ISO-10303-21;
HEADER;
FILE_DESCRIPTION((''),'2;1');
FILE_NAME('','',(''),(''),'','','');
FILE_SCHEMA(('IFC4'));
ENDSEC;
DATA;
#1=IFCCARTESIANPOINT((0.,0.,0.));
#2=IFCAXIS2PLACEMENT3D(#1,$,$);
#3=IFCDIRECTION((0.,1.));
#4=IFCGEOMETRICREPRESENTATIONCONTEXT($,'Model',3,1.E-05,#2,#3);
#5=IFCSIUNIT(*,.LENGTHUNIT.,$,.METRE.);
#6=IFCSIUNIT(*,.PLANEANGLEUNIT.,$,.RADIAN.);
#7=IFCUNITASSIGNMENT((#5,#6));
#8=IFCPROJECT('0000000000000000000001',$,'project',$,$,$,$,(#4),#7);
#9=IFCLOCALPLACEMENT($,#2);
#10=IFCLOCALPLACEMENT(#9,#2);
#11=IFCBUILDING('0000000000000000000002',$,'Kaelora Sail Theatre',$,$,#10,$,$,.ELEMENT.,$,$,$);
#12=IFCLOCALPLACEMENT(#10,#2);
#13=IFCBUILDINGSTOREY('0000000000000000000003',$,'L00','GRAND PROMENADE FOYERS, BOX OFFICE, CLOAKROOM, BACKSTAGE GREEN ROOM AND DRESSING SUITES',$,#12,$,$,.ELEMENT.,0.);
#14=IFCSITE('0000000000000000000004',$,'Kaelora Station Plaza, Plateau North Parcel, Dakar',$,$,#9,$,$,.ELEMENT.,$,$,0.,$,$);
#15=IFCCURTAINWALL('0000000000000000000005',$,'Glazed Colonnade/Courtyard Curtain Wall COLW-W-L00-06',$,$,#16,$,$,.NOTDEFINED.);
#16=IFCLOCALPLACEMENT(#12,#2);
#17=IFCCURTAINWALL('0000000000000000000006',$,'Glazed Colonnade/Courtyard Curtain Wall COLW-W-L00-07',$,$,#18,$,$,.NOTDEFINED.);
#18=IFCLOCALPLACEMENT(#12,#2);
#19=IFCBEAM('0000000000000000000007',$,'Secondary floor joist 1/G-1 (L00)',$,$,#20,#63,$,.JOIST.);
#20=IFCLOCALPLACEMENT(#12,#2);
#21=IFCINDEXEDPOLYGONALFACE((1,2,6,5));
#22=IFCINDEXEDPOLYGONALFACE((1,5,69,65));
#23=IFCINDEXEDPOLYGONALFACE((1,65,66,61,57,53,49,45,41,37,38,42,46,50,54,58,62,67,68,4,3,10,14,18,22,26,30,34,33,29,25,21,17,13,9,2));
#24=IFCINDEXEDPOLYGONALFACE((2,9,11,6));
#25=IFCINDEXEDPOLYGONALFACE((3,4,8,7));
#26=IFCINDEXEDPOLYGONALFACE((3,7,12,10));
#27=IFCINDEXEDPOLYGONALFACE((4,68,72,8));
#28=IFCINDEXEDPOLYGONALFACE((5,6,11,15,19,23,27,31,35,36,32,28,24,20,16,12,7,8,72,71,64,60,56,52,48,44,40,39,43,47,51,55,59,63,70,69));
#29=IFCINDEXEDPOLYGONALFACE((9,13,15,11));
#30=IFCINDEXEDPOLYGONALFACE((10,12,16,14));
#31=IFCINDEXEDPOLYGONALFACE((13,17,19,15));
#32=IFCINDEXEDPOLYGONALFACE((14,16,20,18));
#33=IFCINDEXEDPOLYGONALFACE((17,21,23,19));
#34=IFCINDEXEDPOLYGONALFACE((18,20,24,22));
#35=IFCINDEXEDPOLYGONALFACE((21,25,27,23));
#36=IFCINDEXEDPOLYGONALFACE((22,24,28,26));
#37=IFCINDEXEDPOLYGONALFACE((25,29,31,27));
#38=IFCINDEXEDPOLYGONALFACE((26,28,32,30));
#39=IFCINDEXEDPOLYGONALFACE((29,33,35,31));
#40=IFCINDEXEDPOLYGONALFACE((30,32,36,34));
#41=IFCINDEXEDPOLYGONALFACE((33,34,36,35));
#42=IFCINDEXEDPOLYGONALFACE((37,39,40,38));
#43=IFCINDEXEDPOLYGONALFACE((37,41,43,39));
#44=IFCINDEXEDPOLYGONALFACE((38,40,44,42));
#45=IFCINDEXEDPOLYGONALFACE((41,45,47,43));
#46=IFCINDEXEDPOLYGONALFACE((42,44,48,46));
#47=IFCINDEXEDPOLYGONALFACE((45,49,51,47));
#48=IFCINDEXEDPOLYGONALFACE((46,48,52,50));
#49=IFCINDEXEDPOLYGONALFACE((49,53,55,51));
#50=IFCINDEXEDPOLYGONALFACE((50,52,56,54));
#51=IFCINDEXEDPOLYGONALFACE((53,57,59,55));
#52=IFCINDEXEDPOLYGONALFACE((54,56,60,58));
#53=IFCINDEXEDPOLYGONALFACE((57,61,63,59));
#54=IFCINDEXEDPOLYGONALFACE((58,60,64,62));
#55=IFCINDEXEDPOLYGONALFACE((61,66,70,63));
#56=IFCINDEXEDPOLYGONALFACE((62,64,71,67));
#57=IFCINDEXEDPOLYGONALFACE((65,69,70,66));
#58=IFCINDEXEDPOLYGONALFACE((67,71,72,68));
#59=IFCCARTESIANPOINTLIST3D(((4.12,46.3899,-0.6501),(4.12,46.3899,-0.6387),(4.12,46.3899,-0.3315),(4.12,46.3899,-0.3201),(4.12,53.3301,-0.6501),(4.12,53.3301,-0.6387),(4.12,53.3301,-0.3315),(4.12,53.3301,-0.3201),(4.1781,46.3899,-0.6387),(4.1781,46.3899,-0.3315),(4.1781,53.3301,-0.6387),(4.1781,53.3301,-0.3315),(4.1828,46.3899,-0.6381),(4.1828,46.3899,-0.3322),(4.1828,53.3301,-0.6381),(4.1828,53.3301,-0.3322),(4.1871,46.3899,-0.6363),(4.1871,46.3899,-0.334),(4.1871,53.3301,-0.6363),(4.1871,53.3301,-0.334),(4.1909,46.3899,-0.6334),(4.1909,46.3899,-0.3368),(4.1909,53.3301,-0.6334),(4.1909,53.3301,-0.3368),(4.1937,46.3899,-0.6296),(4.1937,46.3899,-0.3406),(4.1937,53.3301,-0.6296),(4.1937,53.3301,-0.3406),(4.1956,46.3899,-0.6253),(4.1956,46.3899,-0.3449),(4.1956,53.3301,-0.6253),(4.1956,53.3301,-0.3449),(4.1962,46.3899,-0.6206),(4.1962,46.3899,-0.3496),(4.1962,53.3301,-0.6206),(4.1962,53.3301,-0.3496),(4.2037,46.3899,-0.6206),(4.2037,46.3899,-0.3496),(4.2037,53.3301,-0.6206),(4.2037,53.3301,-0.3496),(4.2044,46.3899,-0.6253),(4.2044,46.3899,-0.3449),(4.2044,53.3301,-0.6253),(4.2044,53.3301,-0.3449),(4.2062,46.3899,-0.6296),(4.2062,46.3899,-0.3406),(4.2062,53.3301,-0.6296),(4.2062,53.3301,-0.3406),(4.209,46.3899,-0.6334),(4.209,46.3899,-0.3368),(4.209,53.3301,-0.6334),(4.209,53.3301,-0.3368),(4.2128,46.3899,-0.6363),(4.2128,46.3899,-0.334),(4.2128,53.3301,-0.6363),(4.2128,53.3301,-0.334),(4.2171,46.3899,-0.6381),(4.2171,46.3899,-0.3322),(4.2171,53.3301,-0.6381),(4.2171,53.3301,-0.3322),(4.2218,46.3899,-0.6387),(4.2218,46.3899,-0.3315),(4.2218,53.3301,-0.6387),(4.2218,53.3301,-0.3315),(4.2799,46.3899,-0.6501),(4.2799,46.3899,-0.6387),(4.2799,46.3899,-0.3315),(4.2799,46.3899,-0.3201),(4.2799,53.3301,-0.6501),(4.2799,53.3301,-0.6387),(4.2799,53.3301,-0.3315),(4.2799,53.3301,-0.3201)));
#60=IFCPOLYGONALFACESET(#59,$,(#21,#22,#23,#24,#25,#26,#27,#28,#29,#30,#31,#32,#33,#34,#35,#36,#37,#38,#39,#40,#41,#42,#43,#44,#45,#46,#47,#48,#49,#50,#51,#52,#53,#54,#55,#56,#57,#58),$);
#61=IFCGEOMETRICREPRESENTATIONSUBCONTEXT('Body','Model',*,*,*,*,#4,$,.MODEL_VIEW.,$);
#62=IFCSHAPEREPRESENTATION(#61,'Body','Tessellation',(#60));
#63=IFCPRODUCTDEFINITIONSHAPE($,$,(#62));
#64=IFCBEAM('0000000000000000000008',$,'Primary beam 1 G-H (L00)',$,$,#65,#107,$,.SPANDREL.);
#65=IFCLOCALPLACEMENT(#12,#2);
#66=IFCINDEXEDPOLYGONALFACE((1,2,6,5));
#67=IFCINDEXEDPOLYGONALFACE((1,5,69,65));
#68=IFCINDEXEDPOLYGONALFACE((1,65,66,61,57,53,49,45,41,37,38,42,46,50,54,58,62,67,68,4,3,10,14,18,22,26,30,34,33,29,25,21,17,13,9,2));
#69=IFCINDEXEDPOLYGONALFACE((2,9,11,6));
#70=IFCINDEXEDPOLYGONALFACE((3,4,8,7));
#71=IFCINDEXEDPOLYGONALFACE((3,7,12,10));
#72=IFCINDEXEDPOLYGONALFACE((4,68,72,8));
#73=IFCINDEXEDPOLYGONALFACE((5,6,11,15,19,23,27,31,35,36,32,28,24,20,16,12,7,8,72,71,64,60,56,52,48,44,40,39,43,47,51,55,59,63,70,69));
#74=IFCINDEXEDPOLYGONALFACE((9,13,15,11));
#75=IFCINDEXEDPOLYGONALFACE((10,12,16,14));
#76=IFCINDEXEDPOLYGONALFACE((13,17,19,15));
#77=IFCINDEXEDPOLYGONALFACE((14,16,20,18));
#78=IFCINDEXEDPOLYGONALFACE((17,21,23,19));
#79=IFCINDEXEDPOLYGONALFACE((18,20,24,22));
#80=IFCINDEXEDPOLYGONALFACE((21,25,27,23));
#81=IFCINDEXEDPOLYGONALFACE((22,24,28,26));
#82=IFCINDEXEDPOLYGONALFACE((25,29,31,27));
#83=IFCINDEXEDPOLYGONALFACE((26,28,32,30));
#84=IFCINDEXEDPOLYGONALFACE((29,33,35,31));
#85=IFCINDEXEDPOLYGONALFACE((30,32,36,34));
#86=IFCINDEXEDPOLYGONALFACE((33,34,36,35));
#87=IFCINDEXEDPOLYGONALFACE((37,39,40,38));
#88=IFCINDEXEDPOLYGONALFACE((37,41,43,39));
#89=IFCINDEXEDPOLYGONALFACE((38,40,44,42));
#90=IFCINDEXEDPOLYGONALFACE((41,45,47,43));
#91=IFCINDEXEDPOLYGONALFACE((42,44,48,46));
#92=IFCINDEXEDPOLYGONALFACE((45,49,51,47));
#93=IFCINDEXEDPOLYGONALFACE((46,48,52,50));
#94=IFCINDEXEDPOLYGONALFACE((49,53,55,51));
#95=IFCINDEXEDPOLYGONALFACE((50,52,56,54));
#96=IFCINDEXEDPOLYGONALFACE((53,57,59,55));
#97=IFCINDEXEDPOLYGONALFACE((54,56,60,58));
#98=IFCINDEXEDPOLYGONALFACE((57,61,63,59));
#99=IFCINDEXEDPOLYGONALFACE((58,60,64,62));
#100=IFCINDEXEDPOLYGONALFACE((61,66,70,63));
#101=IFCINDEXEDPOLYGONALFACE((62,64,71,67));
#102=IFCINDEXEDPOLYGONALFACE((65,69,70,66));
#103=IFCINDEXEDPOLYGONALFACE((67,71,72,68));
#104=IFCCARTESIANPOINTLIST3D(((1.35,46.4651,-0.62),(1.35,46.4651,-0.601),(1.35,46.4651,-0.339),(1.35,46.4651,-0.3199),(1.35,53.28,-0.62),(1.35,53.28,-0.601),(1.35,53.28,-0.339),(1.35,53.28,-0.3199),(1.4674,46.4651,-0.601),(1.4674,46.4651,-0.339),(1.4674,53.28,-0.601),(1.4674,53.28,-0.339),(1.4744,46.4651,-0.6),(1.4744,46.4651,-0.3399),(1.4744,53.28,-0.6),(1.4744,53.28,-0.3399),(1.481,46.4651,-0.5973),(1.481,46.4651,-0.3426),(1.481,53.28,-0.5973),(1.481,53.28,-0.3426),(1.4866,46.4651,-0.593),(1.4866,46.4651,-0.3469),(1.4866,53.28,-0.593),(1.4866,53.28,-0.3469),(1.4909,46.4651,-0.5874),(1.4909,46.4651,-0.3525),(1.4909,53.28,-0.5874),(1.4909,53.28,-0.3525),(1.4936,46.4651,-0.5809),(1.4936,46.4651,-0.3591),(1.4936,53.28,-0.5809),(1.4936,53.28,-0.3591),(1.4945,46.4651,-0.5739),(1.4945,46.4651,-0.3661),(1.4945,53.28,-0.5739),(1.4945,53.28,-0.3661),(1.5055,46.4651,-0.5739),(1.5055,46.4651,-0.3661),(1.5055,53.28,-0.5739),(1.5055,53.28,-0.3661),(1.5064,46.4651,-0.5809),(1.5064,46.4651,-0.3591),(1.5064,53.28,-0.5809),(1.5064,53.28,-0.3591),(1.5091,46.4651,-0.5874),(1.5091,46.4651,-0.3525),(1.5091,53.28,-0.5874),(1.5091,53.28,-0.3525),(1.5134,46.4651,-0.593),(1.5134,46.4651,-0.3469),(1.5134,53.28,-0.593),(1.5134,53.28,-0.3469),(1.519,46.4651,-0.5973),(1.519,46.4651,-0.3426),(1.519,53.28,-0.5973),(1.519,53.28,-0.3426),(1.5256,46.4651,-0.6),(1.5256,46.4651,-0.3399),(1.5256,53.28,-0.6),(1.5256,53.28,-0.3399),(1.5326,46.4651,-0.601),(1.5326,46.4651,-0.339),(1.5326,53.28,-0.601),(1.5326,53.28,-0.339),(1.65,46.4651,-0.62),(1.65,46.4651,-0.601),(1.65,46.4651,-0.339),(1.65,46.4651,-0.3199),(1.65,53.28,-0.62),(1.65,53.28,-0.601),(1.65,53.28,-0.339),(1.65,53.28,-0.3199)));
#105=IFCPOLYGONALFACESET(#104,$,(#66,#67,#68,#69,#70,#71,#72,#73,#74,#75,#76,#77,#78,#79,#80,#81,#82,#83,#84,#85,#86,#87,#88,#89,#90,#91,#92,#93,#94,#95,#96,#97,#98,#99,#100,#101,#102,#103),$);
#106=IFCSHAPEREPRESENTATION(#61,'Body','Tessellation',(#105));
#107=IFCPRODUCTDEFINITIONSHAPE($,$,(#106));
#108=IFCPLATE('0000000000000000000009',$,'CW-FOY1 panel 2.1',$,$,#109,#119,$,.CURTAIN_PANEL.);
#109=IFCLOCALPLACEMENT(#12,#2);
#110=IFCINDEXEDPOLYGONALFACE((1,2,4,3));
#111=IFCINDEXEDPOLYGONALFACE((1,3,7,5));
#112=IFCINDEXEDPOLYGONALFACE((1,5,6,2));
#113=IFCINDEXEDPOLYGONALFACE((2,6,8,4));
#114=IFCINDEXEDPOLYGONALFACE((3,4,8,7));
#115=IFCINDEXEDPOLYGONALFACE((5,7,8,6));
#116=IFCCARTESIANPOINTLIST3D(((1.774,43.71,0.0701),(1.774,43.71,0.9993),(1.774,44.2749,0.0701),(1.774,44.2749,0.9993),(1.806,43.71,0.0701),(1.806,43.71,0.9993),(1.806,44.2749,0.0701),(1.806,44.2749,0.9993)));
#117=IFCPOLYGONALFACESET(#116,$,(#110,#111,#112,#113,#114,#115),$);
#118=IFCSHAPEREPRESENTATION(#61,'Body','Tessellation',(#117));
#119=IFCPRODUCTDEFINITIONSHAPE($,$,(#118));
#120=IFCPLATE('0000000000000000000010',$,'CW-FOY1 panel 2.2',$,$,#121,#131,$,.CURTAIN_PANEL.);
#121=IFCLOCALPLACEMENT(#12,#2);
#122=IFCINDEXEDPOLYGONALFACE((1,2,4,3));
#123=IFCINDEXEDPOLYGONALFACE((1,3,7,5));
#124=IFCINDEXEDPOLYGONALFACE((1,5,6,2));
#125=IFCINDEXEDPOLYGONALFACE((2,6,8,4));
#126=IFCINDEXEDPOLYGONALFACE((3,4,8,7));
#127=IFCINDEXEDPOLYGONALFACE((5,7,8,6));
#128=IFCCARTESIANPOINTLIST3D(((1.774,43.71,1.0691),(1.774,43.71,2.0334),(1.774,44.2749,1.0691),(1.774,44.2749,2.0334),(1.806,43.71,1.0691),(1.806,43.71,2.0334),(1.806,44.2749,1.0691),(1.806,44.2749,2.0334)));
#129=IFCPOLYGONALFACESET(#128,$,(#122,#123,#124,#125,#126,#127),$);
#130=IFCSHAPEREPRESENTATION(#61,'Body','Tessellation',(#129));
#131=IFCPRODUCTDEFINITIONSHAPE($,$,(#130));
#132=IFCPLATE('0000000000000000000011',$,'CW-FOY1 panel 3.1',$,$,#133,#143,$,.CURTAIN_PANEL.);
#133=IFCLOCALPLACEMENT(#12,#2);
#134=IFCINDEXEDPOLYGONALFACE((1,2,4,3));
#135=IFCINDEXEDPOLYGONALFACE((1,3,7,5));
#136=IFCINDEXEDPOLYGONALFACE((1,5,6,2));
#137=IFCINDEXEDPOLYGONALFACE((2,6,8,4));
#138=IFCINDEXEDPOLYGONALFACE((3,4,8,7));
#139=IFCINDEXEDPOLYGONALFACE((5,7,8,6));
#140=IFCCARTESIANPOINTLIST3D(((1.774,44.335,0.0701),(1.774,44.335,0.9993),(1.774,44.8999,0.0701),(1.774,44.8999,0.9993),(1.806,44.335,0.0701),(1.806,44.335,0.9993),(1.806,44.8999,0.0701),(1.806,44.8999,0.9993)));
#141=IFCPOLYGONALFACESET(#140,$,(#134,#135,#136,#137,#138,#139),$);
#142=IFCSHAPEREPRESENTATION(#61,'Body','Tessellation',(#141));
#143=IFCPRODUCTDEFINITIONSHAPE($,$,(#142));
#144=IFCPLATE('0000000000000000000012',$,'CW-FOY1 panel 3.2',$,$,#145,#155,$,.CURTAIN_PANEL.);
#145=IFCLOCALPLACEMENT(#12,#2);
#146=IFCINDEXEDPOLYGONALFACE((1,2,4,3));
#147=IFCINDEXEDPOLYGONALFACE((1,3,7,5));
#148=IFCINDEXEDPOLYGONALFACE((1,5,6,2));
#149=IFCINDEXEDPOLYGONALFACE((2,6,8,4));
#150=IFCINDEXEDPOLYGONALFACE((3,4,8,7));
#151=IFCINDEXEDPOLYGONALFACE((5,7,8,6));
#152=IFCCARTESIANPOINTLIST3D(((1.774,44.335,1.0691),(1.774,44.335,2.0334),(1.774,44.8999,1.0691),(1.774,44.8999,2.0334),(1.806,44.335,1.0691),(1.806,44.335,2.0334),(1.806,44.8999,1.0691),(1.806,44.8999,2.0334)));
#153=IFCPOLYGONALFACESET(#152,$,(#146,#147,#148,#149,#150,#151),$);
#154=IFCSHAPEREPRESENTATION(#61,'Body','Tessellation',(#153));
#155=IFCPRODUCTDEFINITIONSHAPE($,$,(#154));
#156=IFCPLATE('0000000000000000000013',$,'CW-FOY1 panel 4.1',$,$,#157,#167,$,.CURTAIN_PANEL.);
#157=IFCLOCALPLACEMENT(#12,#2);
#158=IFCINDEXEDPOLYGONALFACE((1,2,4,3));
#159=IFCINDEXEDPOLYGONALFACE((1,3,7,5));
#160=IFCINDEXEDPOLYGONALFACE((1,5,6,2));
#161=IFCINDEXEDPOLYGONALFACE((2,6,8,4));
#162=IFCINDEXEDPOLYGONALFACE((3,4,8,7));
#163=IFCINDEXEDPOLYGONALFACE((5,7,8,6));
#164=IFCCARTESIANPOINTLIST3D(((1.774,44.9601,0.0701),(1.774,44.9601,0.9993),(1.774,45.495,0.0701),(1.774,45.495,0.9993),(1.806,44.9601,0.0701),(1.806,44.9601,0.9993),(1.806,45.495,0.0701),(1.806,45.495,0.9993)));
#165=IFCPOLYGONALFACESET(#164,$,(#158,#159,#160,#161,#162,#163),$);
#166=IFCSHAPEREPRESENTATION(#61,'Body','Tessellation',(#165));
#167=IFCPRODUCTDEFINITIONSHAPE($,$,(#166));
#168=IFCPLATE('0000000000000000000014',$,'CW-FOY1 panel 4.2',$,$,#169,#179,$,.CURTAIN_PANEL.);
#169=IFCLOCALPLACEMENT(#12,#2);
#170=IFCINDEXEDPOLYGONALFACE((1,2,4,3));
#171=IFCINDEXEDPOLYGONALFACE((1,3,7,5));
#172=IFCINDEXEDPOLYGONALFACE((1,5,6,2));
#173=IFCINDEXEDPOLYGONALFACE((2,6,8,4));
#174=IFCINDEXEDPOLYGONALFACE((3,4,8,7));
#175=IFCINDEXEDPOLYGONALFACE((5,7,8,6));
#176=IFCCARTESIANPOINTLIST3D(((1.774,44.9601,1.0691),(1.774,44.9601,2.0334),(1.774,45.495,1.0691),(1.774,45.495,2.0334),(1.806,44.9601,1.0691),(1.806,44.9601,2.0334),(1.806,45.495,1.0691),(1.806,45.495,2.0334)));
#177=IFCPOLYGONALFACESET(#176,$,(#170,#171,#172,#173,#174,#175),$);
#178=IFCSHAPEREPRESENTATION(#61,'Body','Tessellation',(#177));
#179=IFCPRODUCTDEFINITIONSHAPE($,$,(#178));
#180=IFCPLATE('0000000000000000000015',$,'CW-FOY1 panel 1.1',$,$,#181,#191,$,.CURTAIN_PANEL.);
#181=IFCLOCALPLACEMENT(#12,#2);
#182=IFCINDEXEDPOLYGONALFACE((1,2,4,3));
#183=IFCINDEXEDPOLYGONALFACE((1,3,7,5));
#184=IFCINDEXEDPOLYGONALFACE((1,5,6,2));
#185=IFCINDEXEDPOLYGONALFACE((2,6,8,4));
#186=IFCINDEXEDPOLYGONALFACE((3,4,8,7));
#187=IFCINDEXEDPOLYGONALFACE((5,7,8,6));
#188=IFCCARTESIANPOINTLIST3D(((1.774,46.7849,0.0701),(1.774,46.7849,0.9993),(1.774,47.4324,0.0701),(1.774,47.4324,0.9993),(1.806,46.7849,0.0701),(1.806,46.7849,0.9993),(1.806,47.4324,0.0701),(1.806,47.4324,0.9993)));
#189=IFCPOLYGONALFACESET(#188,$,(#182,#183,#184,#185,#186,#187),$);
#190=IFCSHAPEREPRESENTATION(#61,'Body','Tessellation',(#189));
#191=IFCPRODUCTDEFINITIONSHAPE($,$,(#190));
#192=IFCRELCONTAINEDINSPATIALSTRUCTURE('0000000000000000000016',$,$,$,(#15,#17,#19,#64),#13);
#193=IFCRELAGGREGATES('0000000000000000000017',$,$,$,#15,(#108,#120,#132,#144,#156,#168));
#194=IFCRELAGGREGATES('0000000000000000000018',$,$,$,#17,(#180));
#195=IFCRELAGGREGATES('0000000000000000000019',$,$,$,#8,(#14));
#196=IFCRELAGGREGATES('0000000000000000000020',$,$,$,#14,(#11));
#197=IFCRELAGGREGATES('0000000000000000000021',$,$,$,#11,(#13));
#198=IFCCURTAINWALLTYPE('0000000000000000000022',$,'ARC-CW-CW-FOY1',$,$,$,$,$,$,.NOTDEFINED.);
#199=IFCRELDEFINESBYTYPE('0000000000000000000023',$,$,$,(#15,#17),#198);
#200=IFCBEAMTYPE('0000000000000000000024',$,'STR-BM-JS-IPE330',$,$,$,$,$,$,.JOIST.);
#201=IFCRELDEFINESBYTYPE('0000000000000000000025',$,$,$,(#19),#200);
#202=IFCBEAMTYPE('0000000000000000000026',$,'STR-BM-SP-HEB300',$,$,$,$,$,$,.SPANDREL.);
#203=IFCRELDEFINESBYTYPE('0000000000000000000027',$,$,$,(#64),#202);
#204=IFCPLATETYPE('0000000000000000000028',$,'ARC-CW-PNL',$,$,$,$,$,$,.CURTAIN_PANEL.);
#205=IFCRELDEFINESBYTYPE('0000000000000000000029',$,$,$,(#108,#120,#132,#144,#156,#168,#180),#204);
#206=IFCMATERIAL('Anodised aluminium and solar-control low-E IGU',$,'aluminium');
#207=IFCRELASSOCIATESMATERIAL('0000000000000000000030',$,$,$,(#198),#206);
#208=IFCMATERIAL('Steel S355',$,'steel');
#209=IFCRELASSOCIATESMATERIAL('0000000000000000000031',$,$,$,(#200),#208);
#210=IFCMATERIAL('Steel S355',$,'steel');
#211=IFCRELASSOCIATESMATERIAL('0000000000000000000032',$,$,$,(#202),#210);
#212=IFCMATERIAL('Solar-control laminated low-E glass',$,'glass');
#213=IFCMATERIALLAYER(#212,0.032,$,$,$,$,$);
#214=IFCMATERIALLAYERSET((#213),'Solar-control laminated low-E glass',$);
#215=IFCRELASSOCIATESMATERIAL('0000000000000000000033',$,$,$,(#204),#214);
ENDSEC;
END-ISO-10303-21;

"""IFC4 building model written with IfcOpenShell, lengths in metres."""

from ifc_helpers import new_model, si_unit, direction, frame, origin, origin_2d, place, context, subcontext, project, spatial, rectangle, i_section, extrude, material, layer, layer_set, material_profile, profile_set, type_object, element, aggregate, save


model = new_model("IFC4")

# Units and contexts
model_context = context("Model", 3, precision=1e-05, world=origin(), true_north=direction((0.0, 1.0)))
body_context = subcontext(model_context, "Body", "Model", "MODEL_VIEW")
ifc_project = project(units=[si_unit("LENGTHUNIT", "METRE"), si_unit("PLANEANGLEUNIT", "RADIAN")], contexts=[model_context])

# Site, building, storey
site_placement = place(None, origin())
site = spatial("IfcSite", under=ifc_project, at=site_placement, Name="Kaelora Station Plaza, Plateau North Parcel, Dakar", CompositionType="ELEMENT", RefElevation=0.0)
building_placement = place(site_placement, origin())
building = spatial("IfcBuilding", under=site, at=building_placement, Name="Kaelora Sail Theatre", CompositionType="ELEMENT")
storey_placement = place(building_placement, origin())
storey = spatial("IfcBuildingStorey", under=building, at=storey_placement, Name="L00", Description="GRAND PROMENADE FOYERS, BOX OFFICE, CLOAKROOM, BACKSTAGE GREEN ROOM AND DRESSING SUITES", CompositionType="ELEMENT", Elevation=0.0)

# Curtain wall
ifc_material_1 = material(Name="Anodised aluminium and solar-control low-E IGU", Category="aluminium")
curtain_wall_type = type_object("IfcCurtainWallType", Name="ARC-CW-CW-FOY1", PredefinedType="NOTDEFINED", material=ifc_material_1)
curtain_wall_1_placement = place(storey_placement, origin())
curtain_wall_1 = element("IfcCurtainWall", 1, at=curtain_wall_1_placement, inside=storey, type_object=curtain_wall_type, Name="Glazed Colonnade/Courtyard Curtain Wall COLW-W-L00-06", PredefinedType="NOTDEFINED")

# Curtain wall
curtain_wall_2_placement = place(storey_placement, origin())
curtain_wall_2 = element("IfcCurtainWall", 2, at=curtain_wall_2_placement, inside=storey, type_object=curtain_wall_type, Name="Glazed Colonnade/Courtyard Curtain Wall COLW-W-L00-07", PredefinedType="NOTDEFINED")

# Beams
ifc_material_2 = material(Name="Steel S355", Category="steel")
ifc_material_profile_1 = material_profile(ifc_material_2, i_section(OverallWidth=0.1599, OverallDepth=0.3301, WebThickness=0.0076, FlangeThickness=0.0115, FilletRadius=0.0181, at=origin_2d()), Name="IPE 330")
ifc_profile_set_1 = profile_set([ifc_material_profile_1], Name="Steel S355")
beam_type_1 = type_object("IfcBeamType", Name="STR-BM-JS-IPE330", PredefinedType="JOIST", material=ifc_profile_set_1)
beam_1_placement = place(storey_placement, frame((4.2, 46.3899, -0.4851), z_axis=(0.0, 1.0, 0.0), x_axis=(-1.0, 0.0, 0.0)))
element("IfcBeam", 3, at=beam_1_placement, inside=storey, type_object=beam_type_1, Name="Secondary floor joist 1/G-1 (L00)", PredefinedType="JOIST", context=body_context, shape_type="SweptSolid", body=[
    extrude(i_section(OverallWidth=0.1599, OverallDepth=0.3301, WebThickness=0.0076, FlangeThickness=0.0115, FilletRadius=0.0181, at=origin_2d()), origin(), (0.0, 0.0, 1.0), 6.9402),
])
ifc_material_3 = material(Name="Steel S355", Category="steel")
ifc_material_profile_2 = material_profile(ifc_material_3, i_section(OverallWidth=0.3, OverallDepth=0.3, WebThickness=0.011, FlangeThickness=0.019, FilletRadius=0.0271, at=origin_2d()), Name="HEB 300")
ifc_profile_set_2 = profile_set([ifc_material_profile_2], Name="Steel S355")
beam_type_2 = type_object("IfcBeamType", Name="STR-BM-SP-HEB300", PredefinedType="SPANDREL", material=ifc_profile_set_2)
beam_2_placement = place(storey_placement, frame((1.5, 46.4651, -0.47), z_axis=(0.0, 1.0, 0.0), x_axis=(-1.0, 0.0, 0.0)))
element("IfcBeam", 4, at=beam_2_placement, inside=storey, type_object=beam_type_2, Name="Primary beam 1 G-H (L00)", PredefinedType="SPANDREL", context=body_context, shape_type="SweptSolid", body=[
    extrude(i_section(OverallWidth=0.3, OverallDepth=0.3, WebThickness=0.011, FlangeThickness=0.019, FilletRadius=0.0271, at=origin_2d()), origin(), (0.0, 0.0, 1.0), 6.8149),
])

# Plates
ifc_material_4 = material(Name="Solar-control laminated low-E glass", Category="glass")
ifc_layer = layer(ifc_material_4, 0.032)
ifc_layer_set = layer_set([ifc_layer], Name="Solar-control laminated low-E glass")
plate_type = type_object("IfcPlateType", Name="ARC-CW-PNL", PredefinedType="CURTAIN_PANEL", material=ifc_layer_set)
plate_1_placement = place(storey_placement, frame((1.79, 43.9924, 0.0701), z_axis=(0.0, 0.0, 1.0), x_axis=(0.0, 1.0, 0.0)))
plate_1 = element("IfcPlate", 5, at=plate_1_placement, type_object=plate_type, Name="CW-FOY1 panel 2.1", PredefinedType="CURTAIN_PANEL", context=body_context, shape_type="SweptSolid", body=[
    extrude(rectangle(XDim=0.5649, YDim=0.032, at=origin_2d()), origin(), (0.0, 0.0, 1.0), 0.9292),
])
plate_2_placement = place(storey_placement, frame((1.79, 43.9924, 1.0691), z_axis=(0.0, 0.0, 1.0), x_axis=(0.0, 1.0, 0.0)))
plate_2 = element("IfcPlate", 6, at=plate_2_placement, type_object=plate_type, Name="CW-FOY1 panel 2.2", PredefinedType="CURTAIN_PANEL", context=body_context, shape_type="SweptSolid", body=[
    extrude(rectangle(XDim=0.5649, YDim=0.032, at=origin_2d()), origin(), (0.0, 0.0, 1.0), 0.9644),
])
plate_3_placement = place(storey_placement, frame((1.79, 44.6174, 0.0701), z_axis=(0.0, 0.0, 1.0), x_axis=(0.0, 1.0, 0.0)))
plate_3 = element("IfcPlate", 7, at=plate_3_placement, type_object=plate_type, Name="CW-FOY1 panel 3.1", PredefinedType="CURTAIN_PANEL", context=body_context, shape_type="SweptSolid", body=[
    extrude(rectangle(XDim=0.5649, YDim=0.032, at=origin_2d()), origin(), (0.0, 0.0, 1.0), 0.9292),
])
plate_4_placement = place(storey_placement, frame((1.79, 44.6174, 1.0691), z_axis=(0.0, 0.0, 1.0), x_axis=(0.0, 1.0, 0.0)))
plate_4 = element("IfcPlate", 8, at=plate_4_placement, type_object=plate_type, Name="CW-FOY1 panel 3.2", PredefinedType="CURTAIN_PANEL", context=body_context, shape_type="SweptSolid", body=[
    extrude(rectangle(XDim=0.5649, YDim=0.032, at=origin_2d()), origin(), (0.0, 0.0, 1.0), 0.9644),
])
plate_5_placement = place(storey_placement, frame((1.79, 45.2275, 0.0701), z_axis=(0.0, 0.0, 1.0), x_axis=(0.0, 1.0, 0.0)))
plate_5 = element("IfcPlate", 9, at=plate_5_placement, type_object=plate_type, Name="CW-FOY1 panel 4.1", PredefinedType="CURTAIN_PANEL", context=body_context, shape_type="SweptSolid", body=[
    extrude(rectangle(XDim=0.5349, YDim=0.032, at=origin_2d()), origin(), (0.0, 0.0, 1.0), 0.9292),
])
plate_6_placement = place(storey_placement, frame((1.79, 45.2275, 1.0691), z_axis=(0.0, 0.0, 1.0), x_axis=(0.0, 1.0, 0.0)))
plate_6 = element("IfcPlate", 10, at=plate_6_placement, type_object=plate_type, Name="CW-FOY1 panel 4.2", PredefinedType="CURTAIN_PANEL", context=body_context, shape_type="SweptSolid", body=[
    extrude(rectangle(XDim=0.5349, YDim=0.032, at=origin_2d()), origin(), (0.0, 0.0, 1.0), 0.9644),
])
aggregate(curtain_wall_1, [plate_1, plate_2, plate_3, plate_4, plate_5, plate_6])
plate_7_placement = place(storey_placement, frame((1.79, 47.1086, 0.0701), z_axis=(0.0, 0.0, 1.0), x_axis=(0.0, 1.0, 0.0)))
plate_7 = element("IfcPlate", 11, at=plate_7_placement, type_object=plate_type, Name="CW-FOY1 panel 1.1", PredefinedType="CURTAIN_PANEL", context=body_context, shape_type="SweptSolid", body=[
    extrude(rectangle(XDim=0.6475, YDim=0.032, at=origin_2d()), origin(), (0.0, 0.0, 1.0), 0.9292),
])
aggregate(curtain_wall_2, [plate_7])

save(model, "model.ifc")
